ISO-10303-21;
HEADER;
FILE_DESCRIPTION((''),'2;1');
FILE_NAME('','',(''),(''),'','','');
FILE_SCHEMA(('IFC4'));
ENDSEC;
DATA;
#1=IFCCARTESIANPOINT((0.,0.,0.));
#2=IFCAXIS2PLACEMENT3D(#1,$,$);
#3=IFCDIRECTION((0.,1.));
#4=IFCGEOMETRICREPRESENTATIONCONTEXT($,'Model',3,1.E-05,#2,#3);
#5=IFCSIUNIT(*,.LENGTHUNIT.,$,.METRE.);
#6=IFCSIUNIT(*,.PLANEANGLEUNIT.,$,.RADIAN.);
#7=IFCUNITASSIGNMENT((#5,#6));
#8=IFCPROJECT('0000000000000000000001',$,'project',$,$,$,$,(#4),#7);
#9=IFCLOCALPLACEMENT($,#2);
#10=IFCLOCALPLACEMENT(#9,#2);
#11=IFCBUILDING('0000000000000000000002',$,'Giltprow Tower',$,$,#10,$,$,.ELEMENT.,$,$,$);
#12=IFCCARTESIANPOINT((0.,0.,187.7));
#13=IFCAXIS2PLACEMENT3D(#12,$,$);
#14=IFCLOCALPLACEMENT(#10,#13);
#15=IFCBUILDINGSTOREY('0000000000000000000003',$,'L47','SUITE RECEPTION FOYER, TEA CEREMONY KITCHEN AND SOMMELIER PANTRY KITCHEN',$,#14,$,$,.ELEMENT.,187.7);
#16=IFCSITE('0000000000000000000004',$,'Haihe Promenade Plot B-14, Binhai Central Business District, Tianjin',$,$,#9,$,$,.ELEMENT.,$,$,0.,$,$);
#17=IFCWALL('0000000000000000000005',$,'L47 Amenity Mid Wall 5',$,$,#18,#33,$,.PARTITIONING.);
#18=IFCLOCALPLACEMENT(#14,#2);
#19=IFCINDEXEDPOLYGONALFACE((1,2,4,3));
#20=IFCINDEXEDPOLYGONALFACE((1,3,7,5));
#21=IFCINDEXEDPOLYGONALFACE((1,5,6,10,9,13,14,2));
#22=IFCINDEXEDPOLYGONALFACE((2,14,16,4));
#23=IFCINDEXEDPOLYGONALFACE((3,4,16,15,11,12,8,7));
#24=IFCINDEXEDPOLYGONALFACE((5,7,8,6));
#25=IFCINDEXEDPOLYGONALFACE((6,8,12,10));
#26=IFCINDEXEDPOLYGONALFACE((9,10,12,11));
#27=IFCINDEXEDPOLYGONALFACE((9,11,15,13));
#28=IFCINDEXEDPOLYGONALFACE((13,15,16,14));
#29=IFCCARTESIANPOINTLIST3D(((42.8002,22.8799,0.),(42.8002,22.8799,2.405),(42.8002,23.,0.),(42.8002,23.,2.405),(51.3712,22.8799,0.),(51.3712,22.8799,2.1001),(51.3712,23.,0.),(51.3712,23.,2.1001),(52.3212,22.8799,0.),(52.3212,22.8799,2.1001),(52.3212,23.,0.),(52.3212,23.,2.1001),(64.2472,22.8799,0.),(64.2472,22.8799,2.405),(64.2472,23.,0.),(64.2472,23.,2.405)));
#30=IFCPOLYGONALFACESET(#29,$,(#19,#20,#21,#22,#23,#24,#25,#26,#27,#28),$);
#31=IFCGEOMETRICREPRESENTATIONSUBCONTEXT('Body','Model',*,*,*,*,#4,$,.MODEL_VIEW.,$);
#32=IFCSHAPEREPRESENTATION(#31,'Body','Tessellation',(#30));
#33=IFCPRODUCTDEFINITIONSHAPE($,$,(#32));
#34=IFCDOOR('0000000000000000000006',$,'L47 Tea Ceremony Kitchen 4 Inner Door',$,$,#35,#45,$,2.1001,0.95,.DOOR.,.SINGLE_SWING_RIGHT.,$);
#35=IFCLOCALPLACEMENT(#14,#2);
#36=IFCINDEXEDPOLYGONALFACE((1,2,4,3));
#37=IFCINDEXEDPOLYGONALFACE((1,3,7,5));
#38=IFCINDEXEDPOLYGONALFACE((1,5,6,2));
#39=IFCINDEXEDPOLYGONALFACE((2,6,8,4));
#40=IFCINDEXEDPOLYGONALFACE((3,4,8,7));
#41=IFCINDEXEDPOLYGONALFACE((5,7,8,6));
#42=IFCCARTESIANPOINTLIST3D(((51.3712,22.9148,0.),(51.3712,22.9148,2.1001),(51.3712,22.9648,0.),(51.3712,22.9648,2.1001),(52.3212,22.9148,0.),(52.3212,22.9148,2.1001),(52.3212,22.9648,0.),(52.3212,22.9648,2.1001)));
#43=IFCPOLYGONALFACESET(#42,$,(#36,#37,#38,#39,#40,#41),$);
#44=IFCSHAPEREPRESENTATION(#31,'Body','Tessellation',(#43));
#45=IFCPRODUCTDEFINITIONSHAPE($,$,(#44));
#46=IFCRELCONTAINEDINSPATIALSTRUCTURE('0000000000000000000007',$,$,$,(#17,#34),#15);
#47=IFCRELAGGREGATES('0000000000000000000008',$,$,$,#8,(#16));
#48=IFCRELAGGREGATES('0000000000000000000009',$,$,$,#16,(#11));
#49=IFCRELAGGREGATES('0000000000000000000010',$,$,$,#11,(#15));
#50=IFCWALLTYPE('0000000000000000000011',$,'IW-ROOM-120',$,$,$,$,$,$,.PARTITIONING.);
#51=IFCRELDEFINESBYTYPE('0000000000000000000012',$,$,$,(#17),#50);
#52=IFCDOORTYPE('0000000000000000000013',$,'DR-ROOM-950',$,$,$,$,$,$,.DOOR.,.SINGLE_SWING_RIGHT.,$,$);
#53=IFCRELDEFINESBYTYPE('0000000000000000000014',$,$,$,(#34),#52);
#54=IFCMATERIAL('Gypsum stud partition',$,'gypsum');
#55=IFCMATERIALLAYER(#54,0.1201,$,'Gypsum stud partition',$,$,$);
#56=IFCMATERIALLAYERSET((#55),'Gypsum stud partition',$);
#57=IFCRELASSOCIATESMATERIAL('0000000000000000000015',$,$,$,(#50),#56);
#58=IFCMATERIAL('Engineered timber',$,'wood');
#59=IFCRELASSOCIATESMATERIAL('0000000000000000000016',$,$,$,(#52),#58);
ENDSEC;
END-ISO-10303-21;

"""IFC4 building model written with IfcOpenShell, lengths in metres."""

from ifc_helpers import new_model, si_unit, direction, frame, frame_2d, origin, place, context, subcontext, project, spatial, rectangle, extrude, source, transform, mapped, material, layer, layer_set, type_object, element, fill, save


model = new_model("IFC4")

# Units and contexts
model_context = context("Model", 3, precision=1e-05, world=origin(), true_north=direction((0.0, 1.0)))
body_context = subcontext(model_context, "Body", "Model", "MODEL_VIEW")
ifc_project = project(units=[si_unit("LENGTHUNIT", "METRE"), si_unit("PLANEANGLEUNIT", "RADIAN")], contexts=[model_context])

# Site, building, storey
site_placement = place(None, origin())
site = spatial("IfcSite", under=ifc_project, at=site_placement, Name="Haihe Promenade Plot B-14, Binhai Central Business District, Tianjin", CompositionType="ELEMENT", RefElevation=0.0)
building_placement = place(site_placement, origin())
building = spatial("IfcBuilding", under=site, at=building_placement, Name="Giltprow Tower", CompositionType="ELEMENT")
storey_placement = place(building_placement, frame((0.0, 0.0, 187.7)))
storey = spatial("IfcBuildingStorey", under=building, at=storey_placement, Name="L47", Description="SUITE RECEPTION FOYER, TEA CEREMONY KITCHEN AND SOMMELIER PANTRY KITCHEN", CompositionType="ELEMENT", Elevation=187.7)

# Wall, opening, door
ifc_material_1 = material(Name="Gypsum stud partition", Category="gypsum")
ifc_layer = layer(ifc_material_1, 0.1201, Name="Gypsum stud partition")
ifc_layer_set = layer_set([ifc_layer], Name="Gypsum stud partition")
wall_type = type_object("IfcWallType", Name="IW-ROOM-120", PredefinedType="PARTITIONING", material=ifc_layer_set)
ifc_material_2 = material(Name="Engineered timber", Category="wood")
door_type = type_object("IfcDoorType", Name="DR-ROOM-950", OperationType="SINGLE_SWING_RIGHT", PredefinedType="DOOR", material=ifc_material_2)
shared_shape_1 = source(origin(), body_context, "Body", "SweptSolid", [
    extrude(rectangle(XDim=0.95, YDim=2.1001, at=frame_2d((0.4751, 1.05))), frame((0.0, 0.0249, 0.0), z_axis=(0.0, -1.0, 0.0), x_axis=(1.0, 0.0, 0.0)), (0.0, 0.0, 1.0), 0.05),
])
wall_1_placement = place(storey_placement, frame((42.8, 22.9399, 0.0), z_axis=(0.0, 0.0, 1.0), x_axis=(1.0, 0.0, 0.0)))
wall_1 = element("IfcWall", 1, at=wall_1_placement, inside=storey, type_object=wall_type, Name="L47 Amenity Mid Wall 5", PredefinedType="PARTITIONING", context=body_context, shape_type="SweptSolid", body=[
    extrude(rectangle(XDim=21.447, YDim=0.1201, at=frame_2d((10.7236, 0.0))), origin(), (0.0, 0.0, 1.0), 2.405),
])
opening_1_placement = place(wall_1_placement, frame((8.571, 0.0, 0.0)))
opening_1 = element("IfcOpeningElement", 2, at=opening_1_placement, cuts=wall_1, PredefinedType="OPENING", context=body_context, shape_type="SweptSolid", body=[
    extrude(rectangle(XDim=0.95, YDim=2.1001, at=frame_2d((0.4751, 1.05))), frame((0.0, 0.0701, 0.0), z_axis=(0.0, -1.0, 0.0), x_axis=(1.0, 0.0, 0.0)), (0.0, 0.0, 1.0), 0.1401),
])
door_1_placement = place(opening_1_placement, origin())
door_1 = element("IfcDoor", 3, at=door_1_placement, inside=storey, type_object=door_type, Name="L47 Tea Ceremony Kitchen 4 Inner Door", OperationType="SINGLE_SWING_RIGHT", OverallHeight=2.1001, OverallWidth=0.95, PredefinedType="DOOR", context=body_context, shape_type="MappedRepresentation", body=[
    mapped(shared_shape_1, transform((0.0, 0.0, 0.0), x_axis=(1.0, 0.0, 0.0), y_axis=(0.0, 1.0, 0.0), z_axis=(0.0, 0.0, 1.0), scale=1.0)),
])
fill(opening_1, door_1)

save(model, "model.ifc")
